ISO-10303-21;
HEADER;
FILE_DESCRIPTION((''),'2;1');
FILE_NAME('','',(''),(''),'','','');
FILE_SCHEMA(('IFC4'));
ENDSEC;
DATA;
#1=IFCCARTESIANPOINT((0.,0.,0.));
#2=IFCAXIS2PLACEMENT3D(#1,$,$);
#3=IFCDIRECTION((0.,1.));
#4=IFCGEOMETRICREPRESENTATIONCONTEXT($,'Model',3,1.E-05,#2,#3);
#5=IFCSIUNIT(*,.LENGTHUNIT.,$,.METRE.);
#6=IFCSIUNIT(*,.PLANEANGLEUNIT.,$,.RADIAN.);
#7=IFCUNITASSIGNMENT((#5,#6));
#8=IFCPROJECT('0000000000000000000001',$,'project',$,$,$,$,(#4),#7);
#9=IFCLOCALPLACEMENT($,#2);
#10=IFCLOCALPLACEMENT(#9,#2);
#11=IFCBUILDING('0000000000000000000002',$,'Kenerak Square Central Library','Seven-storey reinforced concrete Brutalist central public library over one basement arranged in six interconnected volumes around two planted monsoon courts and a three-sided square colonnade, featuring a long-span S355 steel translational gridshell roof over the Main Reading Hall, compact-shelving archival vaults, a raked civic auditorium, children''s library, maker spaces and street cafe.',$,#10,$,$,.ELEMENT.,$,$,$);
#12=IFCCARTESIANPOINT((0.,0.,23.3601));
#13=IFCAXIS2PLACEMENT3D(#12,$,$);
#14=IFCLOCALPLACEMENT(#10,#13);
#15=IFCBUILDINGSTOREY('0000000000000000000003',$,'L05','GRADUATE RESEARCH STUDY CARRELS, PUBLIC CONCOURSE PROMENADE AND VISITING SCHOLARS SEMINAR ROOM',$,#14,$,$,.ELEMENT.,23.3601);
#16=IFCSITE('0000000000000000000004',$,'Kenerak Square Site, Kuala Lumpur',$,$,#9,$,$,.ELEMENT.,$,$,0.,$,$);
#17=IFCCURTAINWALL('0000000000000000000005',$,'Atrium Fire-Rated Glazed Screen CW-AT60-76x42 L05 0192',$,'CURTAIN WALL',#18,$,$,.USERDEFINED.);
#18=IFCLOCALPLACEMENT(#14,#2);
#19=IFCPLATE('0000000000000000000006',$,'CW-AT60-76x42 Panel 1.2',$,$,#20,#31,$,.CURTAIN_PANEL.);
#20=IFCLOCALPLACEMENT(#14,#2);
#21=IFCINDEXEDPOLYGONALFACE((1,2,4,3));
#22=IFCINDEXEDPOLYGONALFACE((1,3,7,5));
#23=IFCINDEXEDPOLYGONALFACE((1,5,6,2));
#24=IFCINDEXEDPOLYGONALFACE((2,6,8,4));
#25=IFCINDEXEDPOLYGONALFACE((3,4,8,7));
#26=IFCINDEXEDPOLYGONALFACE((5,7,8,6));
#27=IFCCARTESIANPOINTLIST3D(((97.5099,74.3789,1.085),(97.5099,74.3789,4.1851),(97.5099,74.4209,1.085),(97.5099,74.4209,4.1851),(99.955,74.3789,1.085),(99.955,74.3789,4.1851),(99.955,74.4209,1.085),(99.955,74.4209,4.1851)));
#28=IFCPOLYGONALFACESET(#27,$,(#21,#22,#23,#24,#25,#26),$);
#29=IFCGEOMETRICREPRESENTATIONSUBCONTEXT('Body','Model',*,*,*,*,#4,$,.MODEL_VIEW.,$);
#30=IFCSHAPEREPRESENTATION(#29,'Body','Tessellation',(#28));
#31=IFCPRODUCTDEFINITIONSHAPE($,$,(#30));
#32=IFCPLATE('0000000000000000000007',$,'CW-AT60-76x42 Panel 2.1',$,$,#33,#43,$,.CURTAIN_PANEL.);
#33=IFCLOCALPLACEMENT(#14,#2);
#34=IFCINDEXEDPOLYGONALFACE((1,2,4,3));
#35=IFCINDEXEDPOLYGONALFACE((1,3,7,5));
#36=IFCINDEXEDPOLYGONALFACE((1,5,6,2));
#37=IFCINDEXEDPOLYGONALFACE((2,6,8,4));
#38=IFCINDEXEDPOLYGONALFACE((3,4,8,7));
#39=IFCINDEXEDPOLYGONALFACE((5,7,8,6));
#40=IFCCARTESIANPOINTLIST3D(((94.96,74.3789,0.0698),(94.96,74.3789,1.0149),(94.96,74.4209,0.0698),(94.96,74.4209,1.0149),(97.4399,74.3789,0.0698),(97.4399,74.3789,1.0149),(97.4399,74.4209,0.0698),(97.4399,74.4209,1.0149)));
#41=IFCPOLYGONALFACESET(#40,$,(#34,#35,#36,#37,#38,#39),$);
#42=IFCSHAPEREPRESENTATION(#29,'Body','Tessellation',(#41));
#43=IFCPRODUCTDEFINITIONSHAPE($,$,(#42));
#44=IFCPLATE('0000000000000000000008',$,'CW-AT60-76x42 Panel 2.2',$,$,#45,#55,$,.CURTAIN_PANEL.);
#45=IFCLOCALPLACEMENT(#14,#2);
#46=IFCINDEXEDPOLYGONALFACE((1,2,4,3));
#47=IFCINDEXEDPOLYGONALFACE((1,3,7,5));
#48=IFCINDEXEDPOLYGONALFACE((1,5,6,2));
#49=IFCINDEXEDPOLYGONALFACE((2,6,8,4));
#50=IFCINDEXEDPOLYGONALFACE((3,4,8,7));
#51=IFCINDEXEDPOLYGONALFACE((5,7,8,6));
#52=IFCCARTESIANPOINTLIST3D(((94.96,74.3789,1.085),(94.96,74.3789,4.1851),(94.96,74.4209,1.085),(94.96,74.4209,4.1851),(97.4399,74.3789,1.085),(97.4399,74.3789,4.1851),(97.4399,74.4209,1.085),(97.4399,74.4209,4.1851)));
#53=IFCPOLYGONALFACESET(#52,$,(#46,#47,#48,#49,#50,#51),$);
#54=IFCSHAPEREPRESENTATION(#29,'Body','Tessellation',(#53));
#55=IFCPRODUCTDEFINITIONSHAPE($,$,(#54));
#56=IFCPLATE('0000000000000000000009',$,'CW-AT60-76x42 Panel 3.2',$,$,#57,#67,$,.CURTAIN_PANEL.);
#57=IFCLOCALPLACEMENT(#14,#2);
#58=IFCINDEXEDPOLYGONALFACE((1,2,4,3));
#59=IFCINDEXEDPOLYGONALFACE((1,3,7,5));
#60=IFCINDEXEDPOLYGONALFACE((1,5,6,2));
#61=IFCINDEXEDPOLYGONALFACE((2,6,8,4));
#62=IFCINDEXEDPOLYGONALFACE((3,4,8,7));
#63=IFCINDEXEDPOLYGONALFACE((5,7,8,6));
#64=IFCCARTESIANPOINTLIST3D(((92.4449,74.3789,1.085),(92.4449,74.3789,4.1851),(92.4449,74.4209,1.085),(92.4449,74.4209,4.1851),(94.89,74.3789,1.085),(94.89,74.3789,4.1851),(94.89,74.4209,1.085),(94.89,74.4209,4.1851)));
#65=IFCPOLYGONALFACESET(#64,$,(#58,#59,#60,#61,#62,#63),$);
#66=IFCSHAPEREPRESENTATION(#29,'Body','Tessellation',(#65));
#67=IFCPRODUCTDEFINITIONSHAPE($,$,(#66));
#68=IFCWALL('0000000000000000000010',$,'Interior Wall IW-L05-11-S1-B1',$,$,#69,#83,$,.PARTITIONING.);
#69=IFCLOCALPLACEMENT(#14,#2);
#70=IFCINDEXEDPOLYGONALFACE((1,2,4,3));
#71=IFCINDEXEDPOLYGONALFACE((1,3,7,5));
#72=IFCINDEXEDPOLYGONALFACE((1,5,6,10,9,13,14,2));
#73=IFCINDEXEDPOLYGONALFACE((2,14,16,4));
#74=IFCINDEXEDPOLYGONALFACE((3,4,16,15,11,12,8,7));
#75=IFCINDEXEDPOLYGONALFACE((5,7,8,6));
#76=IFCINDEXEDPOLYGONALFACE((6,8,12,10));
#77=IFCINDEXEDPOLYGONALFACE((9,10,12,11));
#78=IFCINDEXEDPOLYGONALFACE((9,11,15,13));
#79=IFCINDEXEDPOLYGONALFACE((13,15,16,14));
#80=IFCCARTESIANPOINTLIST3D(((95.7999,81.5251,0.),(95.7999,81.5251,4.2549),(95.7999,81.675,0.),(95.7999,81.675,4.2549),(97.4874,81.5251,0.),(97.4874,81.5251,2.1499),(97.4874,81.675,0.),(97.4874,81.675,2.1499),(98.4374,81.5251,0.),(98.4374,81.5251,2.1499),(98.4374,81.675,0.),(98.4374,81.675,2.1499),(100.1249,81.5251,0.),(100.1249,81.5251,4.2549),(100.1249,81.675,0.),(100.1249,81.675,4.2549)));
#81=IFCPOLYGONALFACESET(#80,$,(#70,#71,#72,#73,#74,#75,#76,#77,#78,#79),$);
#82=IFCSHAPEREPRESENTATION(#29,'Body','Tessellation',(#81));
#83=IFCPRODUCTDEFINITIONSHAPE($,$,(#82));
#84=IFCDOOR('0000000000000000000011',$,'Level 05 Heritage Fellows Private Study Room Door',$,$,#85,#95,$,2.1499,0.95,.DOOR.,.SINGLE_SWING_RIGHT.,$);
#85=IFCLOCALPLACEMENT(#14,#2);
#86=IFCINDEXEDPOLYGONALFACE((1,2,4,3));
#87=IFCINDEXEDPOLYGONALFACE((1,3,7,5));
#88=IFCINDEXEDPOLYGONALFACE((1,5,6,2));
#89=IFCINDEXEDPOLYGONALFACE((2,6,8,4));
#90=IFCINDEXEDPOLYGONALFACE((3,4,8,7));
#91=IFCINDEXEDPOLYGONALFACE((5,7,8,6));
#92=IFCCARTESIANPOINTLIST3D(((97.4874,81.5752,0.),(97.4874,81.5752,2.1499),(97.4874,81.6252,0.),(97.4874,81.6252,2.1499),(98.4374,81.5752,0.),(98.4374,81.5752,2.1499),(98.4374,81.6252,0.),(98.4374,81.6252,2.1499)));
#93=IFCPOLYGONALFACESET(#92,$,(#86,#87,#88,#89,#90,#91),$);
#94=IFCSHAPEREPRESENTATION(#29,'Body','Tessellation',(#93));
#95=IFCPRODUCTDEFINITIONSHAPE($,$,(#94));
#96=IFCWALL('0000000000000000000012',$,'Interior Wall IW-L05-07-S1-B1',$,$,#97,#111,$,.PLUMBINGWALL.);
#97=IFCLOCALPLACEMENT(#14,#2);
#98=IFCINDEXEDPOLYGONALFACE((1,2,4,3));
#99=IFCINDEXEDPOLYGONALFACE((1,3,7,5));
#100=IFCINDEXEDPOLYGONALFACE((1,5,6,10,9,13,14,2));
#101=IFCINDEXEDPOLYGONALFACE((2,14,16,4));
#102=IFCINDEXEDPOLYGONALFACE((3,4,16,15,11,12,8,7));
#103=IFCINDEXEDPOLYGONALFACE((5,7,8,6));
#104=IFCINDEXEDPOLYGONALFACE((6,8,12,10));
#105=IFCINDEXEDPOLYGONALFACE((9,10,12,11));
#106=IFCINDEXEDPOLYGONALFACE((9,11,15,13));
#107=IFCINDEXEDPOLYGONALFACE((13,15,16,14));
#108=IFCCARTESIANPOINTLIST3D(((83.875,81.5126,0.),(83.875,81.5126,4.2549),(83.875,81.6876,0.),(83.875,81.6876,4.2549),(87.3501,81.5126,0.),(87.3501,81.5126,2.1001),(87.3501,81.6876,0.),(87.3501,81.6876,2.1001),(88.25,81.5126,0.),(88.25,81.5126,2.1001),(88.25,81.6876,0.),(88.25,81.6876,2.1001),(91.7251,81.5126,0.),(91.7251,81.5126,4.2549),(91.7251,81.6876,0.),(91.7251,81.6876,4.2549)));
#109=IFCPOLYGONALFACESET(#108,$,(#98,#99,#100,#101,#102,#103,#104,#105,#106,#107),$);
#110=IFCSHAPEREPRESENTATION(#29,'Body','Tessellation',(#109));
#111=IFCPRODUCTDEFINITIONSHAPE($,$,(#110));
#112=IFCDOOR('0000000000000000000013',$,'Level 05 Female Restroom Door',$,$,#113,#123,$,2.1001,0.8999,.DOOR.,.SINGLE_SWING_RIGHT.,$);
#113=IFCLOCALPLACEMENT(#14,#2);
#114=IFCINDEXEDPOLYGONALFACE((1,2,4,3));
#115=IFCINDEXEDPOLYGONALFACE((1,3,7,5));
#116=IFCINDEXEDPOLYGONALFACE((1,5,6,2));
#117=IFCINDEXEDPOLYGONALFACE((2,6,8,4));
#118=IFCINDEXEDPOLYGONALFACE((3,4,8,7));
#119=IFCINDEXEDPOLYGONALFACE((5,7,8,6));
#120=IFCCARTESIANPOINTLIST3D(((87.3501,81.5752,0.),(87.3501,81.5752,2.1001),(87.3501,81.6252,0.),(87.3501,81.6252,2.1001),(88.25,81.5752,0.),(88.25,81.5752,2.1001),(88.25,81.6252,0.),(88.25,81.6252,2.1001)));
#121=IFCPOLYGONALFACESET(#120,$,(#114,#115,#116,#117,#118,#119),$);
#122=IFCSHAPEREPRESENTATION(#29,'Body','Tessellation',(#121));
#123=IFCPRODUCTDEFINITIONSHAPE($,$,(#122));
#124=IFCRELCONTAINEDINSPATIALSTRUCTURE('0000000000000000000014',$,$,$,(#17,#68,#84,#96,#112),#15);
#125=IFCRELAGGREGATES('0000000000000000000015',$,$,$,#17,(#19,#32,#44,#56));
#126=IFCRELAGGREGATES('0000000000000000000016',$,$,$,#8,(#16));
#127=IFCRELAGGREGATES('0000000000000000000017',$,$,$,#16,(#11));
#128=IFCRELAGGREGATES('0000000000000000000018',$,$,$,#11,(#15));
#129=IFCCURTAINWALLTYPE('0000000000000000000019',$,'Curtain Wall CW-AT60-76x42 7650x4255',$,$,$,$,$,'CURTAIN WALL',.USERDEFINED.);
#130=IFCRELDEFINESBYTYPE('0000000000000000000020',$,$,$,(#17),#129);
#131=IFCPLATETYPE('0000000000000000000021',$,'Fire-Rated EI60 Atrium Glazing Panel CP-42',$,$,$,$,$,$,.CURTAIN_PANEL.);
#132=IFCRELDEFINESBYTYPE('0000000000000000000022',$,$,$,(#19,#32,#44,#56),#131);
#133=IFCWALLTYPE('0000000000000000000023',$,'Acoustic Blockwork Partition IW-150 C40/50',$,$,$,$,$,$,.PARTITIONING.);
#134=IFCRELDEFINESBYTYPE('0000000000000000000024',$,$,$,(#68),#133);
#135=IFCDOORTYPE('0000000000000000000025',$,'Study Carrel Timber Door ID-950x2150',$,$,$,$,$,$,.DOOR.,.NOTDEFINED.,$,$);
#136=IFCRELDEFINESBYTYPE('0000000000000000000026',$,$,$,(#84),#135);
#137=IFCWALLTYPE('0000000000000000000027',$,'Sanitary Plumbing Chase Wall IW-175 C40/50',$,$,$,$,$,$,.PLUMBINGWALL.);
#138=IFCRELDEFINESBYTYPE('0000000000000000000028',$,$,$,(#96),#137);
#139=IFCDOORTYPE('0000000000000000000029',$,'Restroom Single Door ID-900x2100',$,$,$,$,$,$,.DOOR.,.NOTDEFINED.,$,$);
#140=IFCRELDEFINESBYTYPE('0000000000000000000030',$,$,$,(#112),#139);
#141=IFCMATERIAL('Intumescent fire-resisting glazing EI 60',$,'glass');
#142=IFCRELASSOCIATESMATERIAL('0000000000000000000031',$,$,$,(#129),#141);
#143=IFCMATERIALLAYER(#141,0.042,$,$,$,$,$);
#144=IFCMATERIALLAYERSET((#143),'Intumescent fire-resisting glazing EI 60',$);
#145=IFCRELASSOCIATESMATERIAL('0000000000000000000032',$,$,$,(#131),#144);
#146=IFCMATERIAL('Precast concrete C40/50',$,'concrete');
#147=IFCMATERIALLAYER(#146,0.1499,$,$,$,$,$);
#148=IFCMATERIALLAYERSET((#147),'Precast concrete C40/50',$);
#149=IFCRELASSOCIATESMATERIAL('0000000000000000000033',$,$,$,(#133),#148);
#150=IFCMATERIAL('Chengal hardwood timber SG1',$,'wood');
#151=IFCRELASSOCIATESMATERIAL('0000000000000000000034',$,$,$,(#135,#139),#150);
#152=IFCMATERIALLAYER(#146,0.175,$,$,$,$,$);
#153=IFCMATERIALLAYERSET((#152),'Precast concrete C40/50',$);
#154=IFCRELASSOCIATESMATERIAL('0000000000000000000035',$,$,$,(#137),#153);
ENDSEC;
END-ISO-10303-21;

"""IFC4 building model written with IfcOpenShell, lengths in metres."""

from ifc_helpers import new_model, si_unit, direction, frame, frame_2d, origin, origin_2d, place, context, subcontext, project, spatial, rectangle, extrude, material, layer, layer_set, type_object, element, fill, aggregate, save


model = new_model("IFC4")

# Units and contexts
model_context = context("Model", 3, precision=1e-05, world=origin(), true_north=direction((0.0, 1.0)))
body_context = subcontext(model_context, "Body", "Model", "MODEL_VIEW")
ifc_project = project(units=[si_unit("LENGTHUNIT", "METRE"), si_unit("PLANEANGLEUNIT", "RADIAN")], contexts=[model_context])

# Site, building, storey
site_placement = place(None, origin())
site = spatial("IfcSite", under=ifc_project, at=site_placement, Name="Kenerak Square Site, Kuala Lumpur", CompositionType="ELEMENT", RefElevation=0.0)
building_placement = place(site_placement, origin())
building = spatial("IfcBuilding", under=site, at=building_placement, Name="Kenerak Square Central Library", Description="Seven-storey reinforced concrete Brutalist central public library over one basement arranged in six interconnected volumes around two planted monsoon courts and a three-sided square colonnade, featuring a long-span S355 steel translational gridshell roof over the Main Reading Hall, compact-shelving archival vaults, a raked civic auditorium, children's library, maker spaces and street cafe.", CompositionType="ELEMENT")
storey_placement = place(building_placement, frame((0.0, 0.0, 23.3601)))
storey = spatial("IfcBuildingStorey", under=building, at=storey_placement, Name="L05", Description="GRADUATE RESEARCH STUDY CARRELS, PUBLIC CONCOURSE PROMENADE AND VISITING SCHOLARS SEMINAR ROOM", CompositionType="ELEMENT", Elevation=23.3601)

# Curtain wall, plates
ifc_material_1 = material(Name="Intumescent fire-resisting glazing EI 60", Category="glass")
curtain_wall_type = type_object("IfcCurtainWallType", Name="Curtain Wall CW-AT60-76x42 7650x4255", ElementType="CURTAIN WALL", PredefinedType="USERDEFINED", material=ifc_material_1)
curtain_wall_placement = place(storey_placement, origin())
curtain_wall = element("IfcCurtainWall", 1, at=curtain_wall_placement, inside=storey, type_object=curtain_wall_type, Name="Atrium Fire-Rated Glazed Screen CW-AT60-76x42 L05 0192", ObjectType="CURTAIN WALL", PredefinedType="USERDEFINED")
ifc_layer_1 = layer(ifc_material_1, 0.042)
ifc_layer_set_1 = layer_set([ifc_layer_1], Name="Intumescent fire-resisting glazing EI 60")
plate_type = type_object("IfcPlateType", Name="Fire-Rated EI60 Atrium Glazing Panel CP-42", PredefinedType="CURTAIN_PANEL", material=ifc_layer_set_1)
plate_1_placement = place(storey_placement, frame((98.7324, 74.3999, 1.085), z_axis=(0.0, 0.0, 1.0), x_axis=(-1.0, 0.0, 0.0)))
plate_1 = element("IfcPlate", 2, at=plate_1_placement, type_object=plate_type, Name="CW-AT60-76x42 Panel 1.2", PredefinedType="CURTAIN_PANEL", context=body_context, shape_type="SweptSolid", body=[
    extrude(rectangle(XDim=2.4451, YDim=0.042, at=origin_2d()), origin(), (0.0, 0.0, 1.0), 3.1001),
])
plate_2_placement = place(storey_placement, frame((96.2, 74.3999, 0.0698), z_axis=(0.0, 0.0, 1.0), x_axis=(-1.0, 0.0, 0.0)))
plate_2 = element("IfcPlate", 3, at=plate_2_placement, type_object=plate_type, Name="CW-AT60-76x42 Panel 2.1", PredefinedType="CURTAIN_PANEL", context=body_context, shape_type="SweptSolid", body=[
    extrude(rectangle(XDim=2.48, YDim=0.042, at=origin_2d()), origin(), (0.0, 0.0, 1.0), 0.9451),
])
plate_3_placement = place(storey_placement, frame((96.2, 74.3999, 1.085), z_axis=(0.0, 0.0, 1.0), x_axis=(-1.0, 0.0, 0.0)))
plate_3 = element("IfcPlate", 4, at=plate_3_placement, type_object=plate_type, Name="CW-AT60-76x42 Panel 2.2", PredefinedType="CURTAIN_PANEL", context=body_context, shape_type="SweptSolid", body=[
    extrude(rectangle(XDim=2.48, YDim=0.042, at=origin_2d()), origin(), (0.0, 0.0, 1.0), 3.1001),
])
plate_4_placement = place(storey_placement, frame((93.6675, 74.3999, 1.085), z_axis=(0.0, 0.0, 1.0), x_axis=(-1.0, 0.0, 0.0)))
plate_4 = element("IfcPlate", 5, at=plate_4_placement, type_object=plate_type, Name="CW-AT60-76x42 Panel 3.2", PredefinedType="CURTAIN_PANEL", context=body_context, shape_type="SweptSolid", body=[
    extrude(rectangle(XDim=2.4451, YDim=0.042, at=origin_2d()), origin(), (0.0, 0.0, 1.0), 3.1001),
])
aggregate(curtain_wall, [plate_1, plate_2, plate_3, plate_4])

# Walls, openings, doors
ifc_material_2 = material(Name="Precast concrete C40/50", Category="concrete")
ifc_layer_2 = layer(ifc_material_2, 0.1499)
ifc_layer_set_2 = layer_set([ifc_layer_2], Name="Precast concrete C40/50")
wall_type_1 = type_object("IfcWallType", Name="Acoustic Blockwork Partition IW-150 C40/50", PredefinedType="PARTITIONING", material=ifc_layer_set_2)
wall_1_placement = place(storey_placement, frame((100.125, 81.6001, 0.0), z_axis=(0.0, 0.0, 1.0), x_axis=(-1.0, 0.0, 0.0)))
wall_1 = element("IfcWall", 6, at=wall_1_placement, inside=storey, type_object=wall_type_1, Name="Interior Wall IW-L05-11-S1-B1", PredefinedType="PARTITIONING", context=body_context, shape_type="SweptSolid", body=[
    extrude(rectangle(XDim=4.325, YDim=0.1499, at=frame_2d((2.1626, 0.0))), origin(), (0.0, 0.0, 1.0), 4.2549),
])
opening_1_placement = place(wall_1_placement, frame((1.6875, 0.0, 0.0)))
opening_1 = element("IfcOpeningElement", 7, at=opening_1_placement, cuts=wall_1, PredefinedType="OPENING", context=body_context, shape_type="SweptSolid", body=[
    extrude(rectangle(XDim=0.95, YDim=2.1499, at=frame_2d((0.4751, 1.075))), frame((0.0, 0.085, 0.0), z_axis=(0.0, -1.0, 0.0), x_axis=(1.0, 0.0, 0.0)), (0.0, 0.0, 1.0), 0.1699),
])
ifc_material_3 = material(Name="Chengal hardwood timber SG1", Category="wood")
door_type_1 = type_object("IfcDoorType", Name="Study Carrel Timber Door ID-950x2150", OperationType="NOTDEFINED", PredefinedType="DOOR", material=ifc_material_3)
door_1_placement = place(opening_1_placement, origin())
door_1 = element("IfcDoor", 8, at=door_1_placement, inside=storey, type_object=door_type_1, Name="Level 05 Heritage Fellows Private Study Room Door", OperationType="SINGLE_SWING_RIGHT", OverallHeight=2.1499, OverallWidth=0.95, PredefinedType="DOOR", context=body_context, shape_type="SweptSolid", body=[
    extrude(rectangle(XDim=0.95, YDim=2.1499, at=frame_2d((0.4751, 1.075))), frame((0.0, 0.0249, 0.0), z_axis=(0.0, -1.0, 0.0), x_axis=(1.0, 0.0, 0.0)), (0.0, 0.0, 1.0), 0.05),
])
fill(opening_1, door_1)
ifc_layer_3 = layer(ifc_material_2, 0.175)
ifc_layer_set_3 = layer_set([ifc_layer_3], Name="Precast concrete C40/50")
wall_type_2 = type_object("IfcWallType", Name="Sanitary Plumbing Chase Wall IW-175 C40/50", PredefinedType="PLUMBINGWALL", material=ifc_layer_set_3)
wall_2_placement = place(storey_placement, frame((91.7251, 81.6001, 0.0), z_axis=(0.0, 0.0, 1.0), x_axis=(-1.0, 0.0, 0.0)))
wall_2 = element("IfcWall", 9, at=wall_2_placement, inside=storey, type_object=wall_type_2, Name="Interior Wall IW-L05-07-S1-B1", PredefinedType="PLUMBINGWALL", context=body_context, shape_type="SweptSolid", body=[
    extrude(rectangle(XDim=7.8501, YDim=0.175, at=frame_2d((3.925, 0.0))), origin(), (0.0, 0.0, 1.0), 4.2549),
])
opening_2_placement = place(wall_2_placement, frame((3.4751, 0.0, 0.0)))
opening_2 = element("IfcOpeningElement", 10, at=opening_2_placement, cuts=wall_2, PredefinedType="OPENING", context=body_context, shape_type="SweptSolid", body=[
    extrude(rectangle(XDim=0.8999, YDim=2.1001, at=frame_2d((0.45, 1.05))), frame((0.0, 0.0974, 0.0), z_axis=(0.0, -1.0, 0.0), x_axis=(1.0, 0.0, 0.0)), (0.0, 0.0, 1.0), 0.1951),
])
door_type_2 = type_object("IfcDoorType", Name="Restroom Single Door ID-900x2100", OperationType="NOTDEFINED", PredefinedType="DOOR", material=ifc_material_3)
door_2_placement = place(opening_2_placement, origin())
door_2 = element("IfcDoor", 11, at=door_2_placement, inside=storey, type_object=door_type_2, Name="Level 05 Female Restroom Door", OperationType="SINGLE_SWING_RIGHT", OverallHeight=2.1001, OverallWidth=0.8999, PredefinedType="DOOR", context=body_context, shape_type="SweptSolid", body=[
    extrude(rectangle(XDim=0.8999, YDim=2.1001, at=frame_2d((0.45, 1.05))), frame((0.0, 0.0249, 0.0), z_axis=(0.0, -1.0, 0.0), x_axis=(1.0, 0.0, 0.0)), (0.0, 0.0, 1.0), 0.05),
])
fill(opening_2, door_2)

save(model, "model.ifc")
